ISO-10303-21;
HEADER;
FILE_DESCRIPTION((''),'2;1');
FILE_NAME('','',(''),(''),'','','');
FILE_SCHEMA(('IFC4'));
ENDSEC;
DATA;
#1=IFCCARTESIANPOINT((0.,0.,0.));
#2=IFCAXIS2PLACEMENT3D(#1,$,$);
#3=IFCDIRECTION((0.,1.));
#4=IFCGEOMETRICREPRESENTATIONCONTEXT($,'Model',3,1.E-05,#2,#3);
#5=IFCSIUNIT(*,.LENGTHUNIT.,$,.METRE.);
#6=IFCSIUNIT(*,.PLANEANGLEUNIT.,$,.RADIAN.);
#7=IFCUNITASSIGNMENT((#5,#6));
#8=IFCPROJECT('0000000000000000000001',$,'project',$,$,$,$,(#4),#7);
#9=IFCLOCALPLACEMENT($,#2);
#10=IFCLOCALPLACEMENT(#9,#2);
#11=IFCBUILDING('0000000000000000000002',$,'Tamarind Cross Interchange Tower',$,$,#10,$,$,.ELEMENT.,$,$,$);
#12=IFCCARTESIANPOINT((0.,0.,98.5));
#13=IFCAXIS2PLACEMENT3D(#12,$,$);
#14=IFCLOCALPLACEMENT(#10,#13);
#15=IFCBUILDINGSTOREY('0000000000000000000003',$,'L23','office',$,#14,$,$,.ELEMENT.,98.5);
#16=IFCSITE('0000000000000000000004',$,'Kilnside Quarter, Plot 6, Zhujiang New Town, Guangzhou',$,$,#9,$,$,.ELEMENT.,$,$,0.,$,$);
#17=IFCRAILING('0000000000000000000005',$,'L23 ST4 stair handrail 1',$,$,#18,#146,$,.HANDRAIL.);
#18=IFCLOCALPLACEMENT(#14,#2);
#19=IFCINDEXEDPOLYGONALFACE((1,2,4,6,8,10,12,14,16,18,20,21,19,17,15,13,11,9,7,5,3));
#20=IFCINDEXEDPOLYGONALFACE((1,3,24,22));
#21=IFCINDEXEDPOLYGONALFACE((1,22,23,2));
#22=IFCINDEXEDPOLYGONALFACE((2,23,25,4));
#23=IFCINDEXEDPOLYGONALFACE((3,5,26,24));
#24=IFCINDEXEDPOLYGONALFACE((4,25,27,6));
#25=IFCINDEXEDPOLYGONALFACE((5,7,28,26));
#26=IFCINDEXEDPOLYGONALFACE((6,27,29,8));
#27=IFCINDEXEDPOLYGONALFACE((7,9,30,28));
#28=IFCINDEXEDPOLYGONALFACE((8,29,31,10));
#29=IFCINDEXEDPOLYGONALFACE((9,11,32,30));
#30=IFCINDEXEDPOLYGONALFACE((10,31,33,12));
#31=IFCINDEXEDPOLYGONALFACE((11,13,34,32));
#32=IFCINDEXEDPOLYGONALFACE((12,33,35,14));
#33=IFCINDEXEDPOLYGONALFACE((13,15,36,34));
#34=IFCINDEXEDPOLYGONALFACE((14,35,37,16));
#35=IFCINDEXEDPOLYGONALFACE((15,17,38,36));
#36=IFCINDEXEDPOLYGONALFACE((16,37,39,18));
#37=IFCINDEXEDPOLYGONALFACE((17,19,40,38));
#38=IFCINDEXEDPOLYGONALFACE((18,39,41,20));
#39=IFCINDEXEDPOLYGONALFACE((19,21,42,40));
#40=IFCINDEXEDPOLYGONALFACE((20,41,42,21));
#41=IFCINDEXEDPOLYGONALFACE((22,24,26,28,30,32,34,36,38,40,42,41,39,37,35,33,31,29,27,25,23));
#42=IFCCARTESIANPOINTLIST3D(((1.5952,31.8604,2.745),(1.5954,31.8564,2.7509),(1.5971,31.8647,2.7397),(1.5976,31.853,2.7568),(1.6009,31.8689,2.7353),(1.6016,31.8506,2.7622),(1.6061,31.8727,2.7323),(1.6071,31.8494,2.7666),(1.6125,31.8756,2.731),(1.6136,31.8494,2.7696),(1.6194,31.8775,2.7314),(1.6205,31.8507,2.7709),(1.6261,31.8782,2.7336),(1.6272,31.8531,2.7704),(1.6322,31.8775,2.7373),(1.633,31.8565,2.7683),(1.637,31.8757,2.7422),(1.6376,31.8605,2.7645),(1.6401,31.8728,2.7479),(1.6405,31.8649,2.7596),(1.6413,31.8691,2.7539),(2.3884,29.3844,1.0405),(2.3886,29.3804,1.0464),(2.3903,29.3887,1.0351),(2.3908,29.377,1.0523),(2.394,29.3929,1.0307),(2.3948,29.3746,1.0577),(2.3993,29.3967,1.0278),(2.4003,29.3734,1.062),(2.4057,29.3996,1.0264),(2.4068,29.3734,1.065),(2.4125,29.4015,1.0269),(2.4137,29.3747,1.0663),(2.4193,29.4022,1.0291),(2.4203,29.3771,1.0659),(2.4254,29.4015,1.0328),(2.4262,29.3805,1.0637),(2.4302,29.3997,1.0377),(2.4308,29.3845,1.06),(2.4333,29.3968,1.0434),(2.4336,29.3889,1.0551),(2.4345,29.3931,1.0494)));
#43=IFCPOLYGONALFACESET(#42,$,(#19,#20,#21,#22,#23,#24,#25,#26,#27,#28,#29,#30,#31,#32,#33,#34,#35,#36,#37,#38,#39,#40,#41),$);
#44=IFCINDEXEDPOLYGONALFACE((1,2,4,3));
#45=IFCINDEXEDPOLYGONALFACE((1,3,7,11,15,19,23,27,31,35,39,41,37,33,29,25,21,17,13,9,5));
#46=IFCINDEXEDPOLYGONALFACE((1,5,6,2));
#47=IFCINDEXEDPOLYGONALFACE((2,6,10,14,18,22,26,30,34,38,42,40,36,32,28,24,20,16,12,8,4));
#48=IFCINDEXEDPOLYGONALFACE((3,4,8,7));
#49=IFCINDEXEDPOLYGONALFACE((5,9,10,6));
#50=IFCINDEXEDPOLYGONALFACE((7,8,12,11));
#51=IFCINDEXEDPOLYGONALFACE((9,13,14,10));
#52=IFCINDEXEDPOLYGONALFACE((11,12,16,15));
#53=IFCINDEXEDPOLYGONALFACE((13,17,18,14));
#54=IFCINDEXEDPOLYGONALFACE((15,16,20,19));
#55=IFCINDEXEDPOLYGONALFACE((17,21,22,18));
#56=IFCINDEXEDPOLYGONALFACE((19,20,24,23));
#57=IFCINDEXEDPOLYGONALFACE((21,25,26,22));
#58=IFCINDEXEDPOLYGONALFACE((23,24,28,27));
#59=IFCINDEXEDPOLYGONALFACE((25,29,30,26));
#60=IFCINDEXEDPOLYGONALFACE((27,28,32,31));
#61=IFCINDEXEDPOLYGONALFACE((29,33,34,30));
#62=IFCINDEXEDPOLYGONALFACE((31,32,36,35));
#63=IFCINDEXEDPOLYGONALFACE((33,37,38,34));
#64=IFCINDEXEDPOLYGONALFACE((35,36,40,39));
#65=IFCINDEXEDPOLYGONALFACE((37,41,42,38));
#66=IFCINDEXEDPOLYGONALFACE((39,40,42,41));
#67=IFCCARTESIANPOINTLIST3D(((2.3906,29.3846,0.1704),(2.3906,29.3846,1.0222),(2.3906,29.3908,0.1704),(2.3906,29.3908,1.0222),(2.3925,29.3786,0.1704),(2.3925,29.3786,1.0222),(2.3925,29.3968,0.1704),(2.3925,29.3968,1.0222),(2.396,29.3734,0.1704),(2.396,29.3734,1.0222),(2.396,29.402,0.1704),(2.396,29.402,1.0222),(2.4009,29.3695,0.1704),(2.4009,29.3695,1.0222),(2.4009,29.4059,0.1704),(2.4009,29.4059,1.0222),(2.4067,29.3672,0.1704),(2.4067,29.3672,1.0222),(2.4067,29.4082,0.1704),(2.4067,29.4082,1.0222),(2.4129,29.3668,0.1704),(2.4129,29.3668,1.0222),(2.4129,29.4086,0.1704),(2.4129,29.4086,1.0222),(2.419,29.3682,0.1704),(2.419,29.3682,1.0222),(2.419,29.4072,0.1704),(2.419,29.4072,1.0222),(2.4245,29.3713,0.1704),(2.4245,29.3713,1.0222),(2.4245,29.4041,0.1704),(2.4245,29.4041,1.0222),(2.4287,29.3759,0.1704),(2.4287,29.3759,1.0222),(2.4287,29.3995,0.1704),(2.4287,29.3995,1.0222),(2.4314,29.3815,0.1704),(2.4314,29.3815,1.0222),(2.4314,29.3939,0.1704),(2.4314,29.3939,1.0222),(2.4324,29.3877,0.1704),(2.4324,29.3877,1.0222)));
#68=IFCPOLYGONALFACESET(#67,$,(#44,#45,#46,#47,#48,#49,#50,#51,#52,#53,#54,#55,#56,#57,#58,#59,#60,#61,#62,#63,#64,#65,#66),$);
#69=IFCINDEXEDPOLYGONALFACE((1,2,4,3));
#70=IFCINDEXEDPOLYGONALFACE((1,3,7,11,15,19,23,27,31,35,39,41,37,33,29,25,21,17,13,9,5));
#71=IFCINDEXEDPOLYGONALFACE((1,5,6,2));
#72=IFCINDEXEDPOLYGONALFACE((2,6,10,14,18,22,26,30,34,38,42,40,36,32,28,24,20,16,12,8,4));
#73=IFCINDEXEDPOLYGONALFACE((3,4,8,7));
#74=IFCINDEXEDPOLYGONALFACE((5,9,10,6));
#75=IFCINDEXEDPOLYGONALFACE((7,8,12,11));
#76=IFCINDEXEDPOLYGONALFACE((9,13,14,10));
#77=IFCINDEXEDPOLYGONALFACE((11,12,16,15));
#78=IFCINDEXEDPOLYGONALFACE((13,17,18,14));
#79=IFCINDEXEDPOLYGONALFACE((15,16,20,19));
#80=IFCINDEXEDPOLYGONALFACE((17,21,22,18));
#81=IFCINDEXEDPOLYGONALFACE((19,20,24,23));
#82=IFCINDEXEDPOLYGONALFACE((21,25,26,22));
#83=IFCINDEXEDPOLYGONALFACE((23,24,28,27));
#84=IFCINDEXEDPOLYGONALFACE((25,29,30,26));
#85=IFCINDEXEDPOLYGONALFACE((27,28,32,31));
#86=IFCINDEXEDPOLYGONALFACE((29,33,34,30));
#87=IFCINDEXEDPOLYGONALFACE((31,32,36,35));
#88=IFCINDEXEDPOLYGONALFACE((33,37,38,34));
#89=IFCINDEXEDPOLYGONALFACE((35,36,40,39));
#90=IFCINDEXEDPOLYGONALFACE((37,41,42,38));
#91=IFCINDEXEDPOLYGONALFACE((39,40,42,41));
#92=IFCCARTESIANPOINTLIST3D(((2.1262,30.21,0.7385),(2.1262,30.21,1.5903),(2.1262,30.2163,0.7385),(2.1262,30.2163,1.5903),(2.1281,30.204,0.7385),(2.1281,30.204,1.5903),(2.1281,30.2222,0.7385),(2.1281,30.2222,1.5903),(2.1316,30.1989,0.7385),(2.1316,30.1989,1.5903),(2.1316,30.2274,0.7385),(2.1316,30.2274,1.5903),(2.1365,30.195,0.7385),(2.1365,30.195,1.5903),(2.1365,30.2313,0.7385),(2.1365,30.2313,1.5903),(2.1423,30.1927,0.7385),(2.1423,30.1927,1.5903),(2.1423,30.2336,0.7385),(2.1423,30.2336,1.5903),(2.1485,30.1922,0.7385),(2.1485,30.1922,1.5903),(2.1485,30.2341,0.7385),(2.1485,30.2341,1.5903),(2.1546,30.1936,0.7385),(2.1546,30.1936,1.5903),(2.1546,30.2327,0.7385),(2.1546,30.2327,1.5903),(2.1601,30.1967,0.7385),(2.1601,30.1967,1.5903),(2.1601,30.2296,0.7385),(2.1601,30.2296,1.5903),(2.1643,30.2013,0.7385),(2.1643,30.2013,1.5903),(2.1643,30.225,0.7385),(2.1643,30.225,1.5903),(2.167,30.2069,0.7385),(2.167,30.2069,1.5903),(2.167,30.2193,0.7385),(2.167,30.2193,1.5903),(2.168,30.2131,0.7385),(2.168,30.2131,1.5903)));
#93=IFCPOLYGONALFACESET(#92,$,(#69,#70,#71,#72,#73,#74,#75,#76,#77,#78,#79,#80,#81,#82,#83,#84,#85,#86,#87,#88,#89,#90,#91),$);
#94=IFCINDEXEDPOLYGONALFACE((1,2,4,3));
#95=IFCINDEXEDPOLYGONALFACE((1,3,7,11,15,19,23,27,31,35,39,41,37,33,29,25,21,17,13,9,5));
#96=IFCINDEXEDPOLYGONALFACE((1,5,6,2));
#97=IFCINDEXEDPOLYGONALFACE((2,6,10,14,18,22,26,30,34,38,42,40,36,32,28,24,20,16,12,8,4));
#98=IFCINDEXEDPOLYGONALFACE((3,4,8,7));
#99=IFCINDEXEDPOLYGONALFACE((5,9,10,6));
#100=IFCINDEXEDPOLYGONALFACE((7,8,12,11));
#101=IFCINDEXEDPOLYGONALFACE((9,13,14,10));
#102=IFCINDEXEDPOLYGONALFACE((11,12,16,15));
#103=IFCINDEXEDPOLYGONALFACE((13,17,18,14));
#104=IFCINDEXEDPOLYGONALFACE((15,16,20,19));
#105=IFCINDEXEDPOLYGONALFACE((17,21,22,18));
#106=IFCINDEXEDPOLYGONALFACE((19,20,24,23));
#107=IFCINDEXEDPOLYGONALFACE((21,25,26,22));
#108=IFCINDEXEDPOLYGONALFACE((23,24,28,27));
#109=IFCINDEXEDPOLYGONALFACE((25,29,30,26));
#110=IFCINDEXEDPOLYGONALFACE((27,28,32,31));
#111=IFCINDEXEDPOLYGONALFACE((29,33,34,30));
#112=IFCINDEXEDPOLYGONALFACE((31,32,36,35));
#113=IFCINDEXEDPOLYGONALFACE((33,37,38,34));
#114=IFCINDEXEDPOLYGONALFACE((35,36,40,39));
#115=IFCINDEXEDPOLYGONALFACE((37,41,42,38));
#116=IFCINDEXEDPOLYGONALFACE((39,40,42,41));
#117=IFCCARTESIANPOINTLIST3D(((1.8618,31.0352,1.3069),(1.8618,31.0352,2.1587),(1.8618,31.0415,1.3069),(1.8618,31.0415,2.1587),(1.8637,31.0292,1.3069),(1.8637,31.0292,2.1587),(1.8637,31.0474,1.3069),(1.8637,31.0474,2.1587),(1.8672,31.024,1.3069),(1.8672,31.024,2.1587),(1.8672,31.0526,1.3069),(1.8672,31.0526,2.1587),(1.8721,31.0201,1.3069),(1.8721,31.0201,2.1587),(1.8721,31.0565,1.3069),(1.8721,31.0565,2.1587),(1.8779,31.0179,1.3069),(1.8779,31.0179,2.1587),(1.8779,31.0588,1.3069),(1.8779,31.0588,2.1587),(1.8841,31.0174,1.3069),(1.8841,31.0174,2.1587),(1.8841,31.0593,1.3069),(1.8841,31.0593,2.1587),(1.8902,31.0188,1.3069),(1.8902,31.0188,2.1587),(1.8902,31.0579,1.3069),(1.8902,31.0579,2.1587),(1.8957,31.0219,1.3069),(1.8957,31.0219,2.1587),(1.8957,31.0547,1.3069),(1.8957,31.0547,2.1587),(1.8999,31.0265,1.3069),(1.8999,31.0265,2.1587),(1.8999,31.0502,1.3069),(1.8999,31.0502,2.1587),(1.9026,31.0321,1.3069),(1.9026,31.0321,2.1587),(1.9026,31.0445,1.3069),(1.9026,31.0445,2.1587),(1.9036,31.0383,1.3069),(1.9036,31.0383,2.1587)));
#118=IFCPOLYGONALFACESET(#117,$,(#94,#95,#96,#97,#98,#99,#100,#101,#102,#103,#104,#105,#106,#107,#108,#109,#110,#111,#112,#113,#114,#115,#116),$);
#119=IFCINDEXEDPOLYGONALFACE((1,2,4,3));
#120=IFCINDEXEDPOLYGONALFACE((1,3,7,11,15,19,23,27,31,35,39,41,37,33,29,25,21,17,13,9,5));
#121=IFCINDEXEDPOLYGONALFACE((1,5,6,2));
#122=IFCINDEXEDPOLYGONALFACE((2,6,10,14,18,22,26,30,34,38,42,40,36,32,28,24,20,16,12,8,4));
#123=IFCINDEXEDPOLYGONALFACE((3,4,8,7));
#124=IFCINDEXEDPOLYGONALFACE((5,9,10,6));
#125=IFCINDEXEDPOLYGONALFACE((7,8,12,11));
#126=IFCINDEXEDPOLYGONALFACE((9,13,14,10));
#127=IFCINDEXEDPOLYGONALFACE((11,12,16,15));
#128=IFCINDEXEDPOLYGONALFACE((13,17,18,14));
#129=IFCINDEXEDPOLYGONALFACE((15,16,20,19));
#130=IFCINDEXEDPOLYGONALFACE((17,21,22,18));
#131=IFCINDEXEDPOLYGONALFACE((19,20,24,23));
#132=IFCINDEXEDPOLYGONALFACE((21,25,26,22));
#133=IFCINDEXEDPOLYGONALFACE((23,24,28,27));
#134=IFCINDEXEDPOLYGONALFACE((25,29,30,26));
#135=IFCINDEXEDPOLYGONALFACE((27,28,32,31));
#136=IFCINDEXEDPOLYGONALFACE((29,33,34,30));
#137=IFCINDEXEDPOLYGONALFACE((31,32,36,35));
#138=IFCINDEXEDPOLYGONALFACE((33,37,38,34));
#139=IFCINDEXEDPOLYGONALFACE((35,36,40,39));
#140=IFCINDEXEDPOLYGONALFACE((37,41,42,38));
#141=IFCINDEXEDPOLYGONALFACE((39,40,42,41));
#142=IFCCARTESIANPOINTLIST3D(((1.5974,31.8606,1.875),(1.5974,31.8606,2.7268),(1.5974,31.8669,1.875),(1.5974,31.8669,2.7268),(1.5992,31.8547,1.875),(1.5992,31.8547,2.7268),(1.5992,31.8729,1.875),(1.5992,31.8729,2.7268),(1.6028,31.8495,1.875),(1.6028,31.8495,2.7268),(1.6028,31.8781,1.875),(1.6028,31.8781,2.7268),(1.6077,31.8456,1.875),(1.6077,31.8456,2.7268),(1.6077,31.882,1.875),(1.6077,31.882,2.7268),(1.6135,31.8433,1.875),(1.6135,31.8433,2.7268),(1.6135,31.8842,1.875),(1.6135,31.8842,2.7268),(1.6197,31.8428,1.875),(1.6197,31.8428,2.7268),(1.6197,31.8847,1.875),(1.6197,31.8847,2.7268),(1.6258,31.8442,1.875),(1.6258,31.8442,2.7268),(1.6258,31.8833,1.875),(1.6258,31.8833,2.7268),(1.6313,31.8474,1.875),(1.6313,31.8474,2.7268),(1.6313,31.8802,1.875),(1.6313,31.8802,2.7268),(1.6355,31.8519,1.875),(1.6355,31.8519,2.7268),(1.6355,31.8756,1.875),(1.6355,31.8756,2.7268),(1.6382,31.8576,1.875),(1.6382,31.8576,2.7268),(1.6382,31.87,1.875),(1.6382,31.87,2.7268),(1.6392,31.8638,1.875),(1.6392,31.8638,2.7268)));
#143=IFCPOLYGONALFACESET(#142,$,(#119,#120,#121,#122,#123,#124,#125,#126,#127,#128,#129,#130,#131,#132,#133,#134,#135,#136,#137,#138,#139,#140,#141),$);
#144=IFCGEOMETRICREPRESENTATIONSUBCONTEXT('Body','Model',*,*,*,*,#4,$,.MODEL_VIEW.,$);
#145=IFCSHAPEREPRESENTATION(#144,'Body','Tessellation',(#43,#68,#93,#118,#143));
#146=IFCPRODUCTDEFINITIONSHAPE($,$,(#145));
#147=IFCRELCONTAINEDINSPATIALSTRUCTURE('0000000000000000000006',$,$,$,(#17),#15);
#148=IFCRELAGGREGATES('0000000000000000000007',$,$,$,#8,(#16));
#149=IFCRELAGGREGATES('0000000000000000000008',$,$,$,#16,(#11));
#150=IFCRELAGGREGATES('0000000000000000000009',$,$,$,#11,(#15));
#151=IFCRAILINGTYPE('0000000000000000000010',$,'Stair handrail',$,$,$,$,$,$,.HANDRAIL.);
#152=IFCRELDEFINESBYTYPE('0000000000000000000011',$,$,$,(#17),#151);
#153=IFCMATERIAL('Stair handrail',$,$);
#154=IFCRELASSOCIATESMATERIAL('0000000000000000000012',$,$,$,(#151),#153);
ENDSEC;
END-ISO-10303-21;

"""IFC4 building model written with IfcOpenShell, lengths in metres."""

from ifc_helpers import new_model, si_unit, direction, frame, origin, origin_2d, place, context, subcontext, project, spatial, circle, extrude, material, type_object, element, save


model = new_model("IFC4")

# Units and contexts
model_context = context("Model", 3, precision=1e-05, world=origin(), true_north=direction((0.0, 1.0)))
body_context = subcontext(model_context, "Body", "Model", "MODEL_VIEW")
ifc_project = project(units=[si_unit("LENGTHUNIT", "METRE"), si_unit("PLANEANGLEUNIT", "RADIAN")], contexts=[model_context])

# Site, building, storey
site_placement = place(None, origin())
site = spatial("IfcSite", under=ifc_project, at=site_placement, Name="Kilnside Quarter, Plot 6, Zhujiang New Town, Guangzhou", CompositionType="ELEMENT", RefElevation=0.0)
building_placement = place(site_placement, origin())
building = spatial("IfcBuilding", under=site, at=building_placement, Name="Tamarind Cross Interchange Tower", CompositionType="ELEMENT")
storey_placement = place(building_placement, frame((0.0, 0.0, 98.5)))
storey = spatial("IfcBuildingStorey", under=building, at=storey_placement, Name="L23", Description="office", CompositionType="ELEMENT", Elevation=98.5)

# Railing
ifc_material_1 = material(Name="Stair handrail")
railing_type_1 = type_object("IfcRailingType", Name="Stair handrail", PredefinedType="HANDRAIL", material=ifc_material_1)
railing_1_placement = place(storey_placement, frame((2.4114, 29.3877, 0.1704)))
element("IfcRailing", 1, at=railing_1_placement, inside=storey, type_object=railing_type_1, Name="L23 ST4 stair handrail 1", PredefinedType="HANDRAIL", context=body_context, shape_type="SweptSolid", body=[
    extrude(circle(Radius=0.0239, at=origin_2d()), frame((0.0, 0.0, 0.876), z_axis=(-0.255136, 0.796427, 0.548279), x_axis=(-0.952327, -0.305079, 0.0)), (0.0, 0.0, 1.0), 3.1089),
    extrude(circle(Radius=0.021, at=origin_2d()), origin(), (0.0, 0.0, 1.0), 0.8518),
    extrude(circle(Radius=0.021, at=origin_2d()), frame((-0.2644, 0.8254, 0.5681)), (0.0, 0.0, 1.0), 0.8518),
    extrude(circle(Radius=0.021, at=origin_2d()), frame((-0.5288, 1.6506, 1.1365)), (0.0, 0.0, 1.0), 0.8518),
    extrude(circle(Radius=0.021, at=origin_2d()), frame((-0.7932, 2.4761, 1.7046)), (0.0, 0.0, 1.0), 0.8518),
])

save(model, "model.ifc")
